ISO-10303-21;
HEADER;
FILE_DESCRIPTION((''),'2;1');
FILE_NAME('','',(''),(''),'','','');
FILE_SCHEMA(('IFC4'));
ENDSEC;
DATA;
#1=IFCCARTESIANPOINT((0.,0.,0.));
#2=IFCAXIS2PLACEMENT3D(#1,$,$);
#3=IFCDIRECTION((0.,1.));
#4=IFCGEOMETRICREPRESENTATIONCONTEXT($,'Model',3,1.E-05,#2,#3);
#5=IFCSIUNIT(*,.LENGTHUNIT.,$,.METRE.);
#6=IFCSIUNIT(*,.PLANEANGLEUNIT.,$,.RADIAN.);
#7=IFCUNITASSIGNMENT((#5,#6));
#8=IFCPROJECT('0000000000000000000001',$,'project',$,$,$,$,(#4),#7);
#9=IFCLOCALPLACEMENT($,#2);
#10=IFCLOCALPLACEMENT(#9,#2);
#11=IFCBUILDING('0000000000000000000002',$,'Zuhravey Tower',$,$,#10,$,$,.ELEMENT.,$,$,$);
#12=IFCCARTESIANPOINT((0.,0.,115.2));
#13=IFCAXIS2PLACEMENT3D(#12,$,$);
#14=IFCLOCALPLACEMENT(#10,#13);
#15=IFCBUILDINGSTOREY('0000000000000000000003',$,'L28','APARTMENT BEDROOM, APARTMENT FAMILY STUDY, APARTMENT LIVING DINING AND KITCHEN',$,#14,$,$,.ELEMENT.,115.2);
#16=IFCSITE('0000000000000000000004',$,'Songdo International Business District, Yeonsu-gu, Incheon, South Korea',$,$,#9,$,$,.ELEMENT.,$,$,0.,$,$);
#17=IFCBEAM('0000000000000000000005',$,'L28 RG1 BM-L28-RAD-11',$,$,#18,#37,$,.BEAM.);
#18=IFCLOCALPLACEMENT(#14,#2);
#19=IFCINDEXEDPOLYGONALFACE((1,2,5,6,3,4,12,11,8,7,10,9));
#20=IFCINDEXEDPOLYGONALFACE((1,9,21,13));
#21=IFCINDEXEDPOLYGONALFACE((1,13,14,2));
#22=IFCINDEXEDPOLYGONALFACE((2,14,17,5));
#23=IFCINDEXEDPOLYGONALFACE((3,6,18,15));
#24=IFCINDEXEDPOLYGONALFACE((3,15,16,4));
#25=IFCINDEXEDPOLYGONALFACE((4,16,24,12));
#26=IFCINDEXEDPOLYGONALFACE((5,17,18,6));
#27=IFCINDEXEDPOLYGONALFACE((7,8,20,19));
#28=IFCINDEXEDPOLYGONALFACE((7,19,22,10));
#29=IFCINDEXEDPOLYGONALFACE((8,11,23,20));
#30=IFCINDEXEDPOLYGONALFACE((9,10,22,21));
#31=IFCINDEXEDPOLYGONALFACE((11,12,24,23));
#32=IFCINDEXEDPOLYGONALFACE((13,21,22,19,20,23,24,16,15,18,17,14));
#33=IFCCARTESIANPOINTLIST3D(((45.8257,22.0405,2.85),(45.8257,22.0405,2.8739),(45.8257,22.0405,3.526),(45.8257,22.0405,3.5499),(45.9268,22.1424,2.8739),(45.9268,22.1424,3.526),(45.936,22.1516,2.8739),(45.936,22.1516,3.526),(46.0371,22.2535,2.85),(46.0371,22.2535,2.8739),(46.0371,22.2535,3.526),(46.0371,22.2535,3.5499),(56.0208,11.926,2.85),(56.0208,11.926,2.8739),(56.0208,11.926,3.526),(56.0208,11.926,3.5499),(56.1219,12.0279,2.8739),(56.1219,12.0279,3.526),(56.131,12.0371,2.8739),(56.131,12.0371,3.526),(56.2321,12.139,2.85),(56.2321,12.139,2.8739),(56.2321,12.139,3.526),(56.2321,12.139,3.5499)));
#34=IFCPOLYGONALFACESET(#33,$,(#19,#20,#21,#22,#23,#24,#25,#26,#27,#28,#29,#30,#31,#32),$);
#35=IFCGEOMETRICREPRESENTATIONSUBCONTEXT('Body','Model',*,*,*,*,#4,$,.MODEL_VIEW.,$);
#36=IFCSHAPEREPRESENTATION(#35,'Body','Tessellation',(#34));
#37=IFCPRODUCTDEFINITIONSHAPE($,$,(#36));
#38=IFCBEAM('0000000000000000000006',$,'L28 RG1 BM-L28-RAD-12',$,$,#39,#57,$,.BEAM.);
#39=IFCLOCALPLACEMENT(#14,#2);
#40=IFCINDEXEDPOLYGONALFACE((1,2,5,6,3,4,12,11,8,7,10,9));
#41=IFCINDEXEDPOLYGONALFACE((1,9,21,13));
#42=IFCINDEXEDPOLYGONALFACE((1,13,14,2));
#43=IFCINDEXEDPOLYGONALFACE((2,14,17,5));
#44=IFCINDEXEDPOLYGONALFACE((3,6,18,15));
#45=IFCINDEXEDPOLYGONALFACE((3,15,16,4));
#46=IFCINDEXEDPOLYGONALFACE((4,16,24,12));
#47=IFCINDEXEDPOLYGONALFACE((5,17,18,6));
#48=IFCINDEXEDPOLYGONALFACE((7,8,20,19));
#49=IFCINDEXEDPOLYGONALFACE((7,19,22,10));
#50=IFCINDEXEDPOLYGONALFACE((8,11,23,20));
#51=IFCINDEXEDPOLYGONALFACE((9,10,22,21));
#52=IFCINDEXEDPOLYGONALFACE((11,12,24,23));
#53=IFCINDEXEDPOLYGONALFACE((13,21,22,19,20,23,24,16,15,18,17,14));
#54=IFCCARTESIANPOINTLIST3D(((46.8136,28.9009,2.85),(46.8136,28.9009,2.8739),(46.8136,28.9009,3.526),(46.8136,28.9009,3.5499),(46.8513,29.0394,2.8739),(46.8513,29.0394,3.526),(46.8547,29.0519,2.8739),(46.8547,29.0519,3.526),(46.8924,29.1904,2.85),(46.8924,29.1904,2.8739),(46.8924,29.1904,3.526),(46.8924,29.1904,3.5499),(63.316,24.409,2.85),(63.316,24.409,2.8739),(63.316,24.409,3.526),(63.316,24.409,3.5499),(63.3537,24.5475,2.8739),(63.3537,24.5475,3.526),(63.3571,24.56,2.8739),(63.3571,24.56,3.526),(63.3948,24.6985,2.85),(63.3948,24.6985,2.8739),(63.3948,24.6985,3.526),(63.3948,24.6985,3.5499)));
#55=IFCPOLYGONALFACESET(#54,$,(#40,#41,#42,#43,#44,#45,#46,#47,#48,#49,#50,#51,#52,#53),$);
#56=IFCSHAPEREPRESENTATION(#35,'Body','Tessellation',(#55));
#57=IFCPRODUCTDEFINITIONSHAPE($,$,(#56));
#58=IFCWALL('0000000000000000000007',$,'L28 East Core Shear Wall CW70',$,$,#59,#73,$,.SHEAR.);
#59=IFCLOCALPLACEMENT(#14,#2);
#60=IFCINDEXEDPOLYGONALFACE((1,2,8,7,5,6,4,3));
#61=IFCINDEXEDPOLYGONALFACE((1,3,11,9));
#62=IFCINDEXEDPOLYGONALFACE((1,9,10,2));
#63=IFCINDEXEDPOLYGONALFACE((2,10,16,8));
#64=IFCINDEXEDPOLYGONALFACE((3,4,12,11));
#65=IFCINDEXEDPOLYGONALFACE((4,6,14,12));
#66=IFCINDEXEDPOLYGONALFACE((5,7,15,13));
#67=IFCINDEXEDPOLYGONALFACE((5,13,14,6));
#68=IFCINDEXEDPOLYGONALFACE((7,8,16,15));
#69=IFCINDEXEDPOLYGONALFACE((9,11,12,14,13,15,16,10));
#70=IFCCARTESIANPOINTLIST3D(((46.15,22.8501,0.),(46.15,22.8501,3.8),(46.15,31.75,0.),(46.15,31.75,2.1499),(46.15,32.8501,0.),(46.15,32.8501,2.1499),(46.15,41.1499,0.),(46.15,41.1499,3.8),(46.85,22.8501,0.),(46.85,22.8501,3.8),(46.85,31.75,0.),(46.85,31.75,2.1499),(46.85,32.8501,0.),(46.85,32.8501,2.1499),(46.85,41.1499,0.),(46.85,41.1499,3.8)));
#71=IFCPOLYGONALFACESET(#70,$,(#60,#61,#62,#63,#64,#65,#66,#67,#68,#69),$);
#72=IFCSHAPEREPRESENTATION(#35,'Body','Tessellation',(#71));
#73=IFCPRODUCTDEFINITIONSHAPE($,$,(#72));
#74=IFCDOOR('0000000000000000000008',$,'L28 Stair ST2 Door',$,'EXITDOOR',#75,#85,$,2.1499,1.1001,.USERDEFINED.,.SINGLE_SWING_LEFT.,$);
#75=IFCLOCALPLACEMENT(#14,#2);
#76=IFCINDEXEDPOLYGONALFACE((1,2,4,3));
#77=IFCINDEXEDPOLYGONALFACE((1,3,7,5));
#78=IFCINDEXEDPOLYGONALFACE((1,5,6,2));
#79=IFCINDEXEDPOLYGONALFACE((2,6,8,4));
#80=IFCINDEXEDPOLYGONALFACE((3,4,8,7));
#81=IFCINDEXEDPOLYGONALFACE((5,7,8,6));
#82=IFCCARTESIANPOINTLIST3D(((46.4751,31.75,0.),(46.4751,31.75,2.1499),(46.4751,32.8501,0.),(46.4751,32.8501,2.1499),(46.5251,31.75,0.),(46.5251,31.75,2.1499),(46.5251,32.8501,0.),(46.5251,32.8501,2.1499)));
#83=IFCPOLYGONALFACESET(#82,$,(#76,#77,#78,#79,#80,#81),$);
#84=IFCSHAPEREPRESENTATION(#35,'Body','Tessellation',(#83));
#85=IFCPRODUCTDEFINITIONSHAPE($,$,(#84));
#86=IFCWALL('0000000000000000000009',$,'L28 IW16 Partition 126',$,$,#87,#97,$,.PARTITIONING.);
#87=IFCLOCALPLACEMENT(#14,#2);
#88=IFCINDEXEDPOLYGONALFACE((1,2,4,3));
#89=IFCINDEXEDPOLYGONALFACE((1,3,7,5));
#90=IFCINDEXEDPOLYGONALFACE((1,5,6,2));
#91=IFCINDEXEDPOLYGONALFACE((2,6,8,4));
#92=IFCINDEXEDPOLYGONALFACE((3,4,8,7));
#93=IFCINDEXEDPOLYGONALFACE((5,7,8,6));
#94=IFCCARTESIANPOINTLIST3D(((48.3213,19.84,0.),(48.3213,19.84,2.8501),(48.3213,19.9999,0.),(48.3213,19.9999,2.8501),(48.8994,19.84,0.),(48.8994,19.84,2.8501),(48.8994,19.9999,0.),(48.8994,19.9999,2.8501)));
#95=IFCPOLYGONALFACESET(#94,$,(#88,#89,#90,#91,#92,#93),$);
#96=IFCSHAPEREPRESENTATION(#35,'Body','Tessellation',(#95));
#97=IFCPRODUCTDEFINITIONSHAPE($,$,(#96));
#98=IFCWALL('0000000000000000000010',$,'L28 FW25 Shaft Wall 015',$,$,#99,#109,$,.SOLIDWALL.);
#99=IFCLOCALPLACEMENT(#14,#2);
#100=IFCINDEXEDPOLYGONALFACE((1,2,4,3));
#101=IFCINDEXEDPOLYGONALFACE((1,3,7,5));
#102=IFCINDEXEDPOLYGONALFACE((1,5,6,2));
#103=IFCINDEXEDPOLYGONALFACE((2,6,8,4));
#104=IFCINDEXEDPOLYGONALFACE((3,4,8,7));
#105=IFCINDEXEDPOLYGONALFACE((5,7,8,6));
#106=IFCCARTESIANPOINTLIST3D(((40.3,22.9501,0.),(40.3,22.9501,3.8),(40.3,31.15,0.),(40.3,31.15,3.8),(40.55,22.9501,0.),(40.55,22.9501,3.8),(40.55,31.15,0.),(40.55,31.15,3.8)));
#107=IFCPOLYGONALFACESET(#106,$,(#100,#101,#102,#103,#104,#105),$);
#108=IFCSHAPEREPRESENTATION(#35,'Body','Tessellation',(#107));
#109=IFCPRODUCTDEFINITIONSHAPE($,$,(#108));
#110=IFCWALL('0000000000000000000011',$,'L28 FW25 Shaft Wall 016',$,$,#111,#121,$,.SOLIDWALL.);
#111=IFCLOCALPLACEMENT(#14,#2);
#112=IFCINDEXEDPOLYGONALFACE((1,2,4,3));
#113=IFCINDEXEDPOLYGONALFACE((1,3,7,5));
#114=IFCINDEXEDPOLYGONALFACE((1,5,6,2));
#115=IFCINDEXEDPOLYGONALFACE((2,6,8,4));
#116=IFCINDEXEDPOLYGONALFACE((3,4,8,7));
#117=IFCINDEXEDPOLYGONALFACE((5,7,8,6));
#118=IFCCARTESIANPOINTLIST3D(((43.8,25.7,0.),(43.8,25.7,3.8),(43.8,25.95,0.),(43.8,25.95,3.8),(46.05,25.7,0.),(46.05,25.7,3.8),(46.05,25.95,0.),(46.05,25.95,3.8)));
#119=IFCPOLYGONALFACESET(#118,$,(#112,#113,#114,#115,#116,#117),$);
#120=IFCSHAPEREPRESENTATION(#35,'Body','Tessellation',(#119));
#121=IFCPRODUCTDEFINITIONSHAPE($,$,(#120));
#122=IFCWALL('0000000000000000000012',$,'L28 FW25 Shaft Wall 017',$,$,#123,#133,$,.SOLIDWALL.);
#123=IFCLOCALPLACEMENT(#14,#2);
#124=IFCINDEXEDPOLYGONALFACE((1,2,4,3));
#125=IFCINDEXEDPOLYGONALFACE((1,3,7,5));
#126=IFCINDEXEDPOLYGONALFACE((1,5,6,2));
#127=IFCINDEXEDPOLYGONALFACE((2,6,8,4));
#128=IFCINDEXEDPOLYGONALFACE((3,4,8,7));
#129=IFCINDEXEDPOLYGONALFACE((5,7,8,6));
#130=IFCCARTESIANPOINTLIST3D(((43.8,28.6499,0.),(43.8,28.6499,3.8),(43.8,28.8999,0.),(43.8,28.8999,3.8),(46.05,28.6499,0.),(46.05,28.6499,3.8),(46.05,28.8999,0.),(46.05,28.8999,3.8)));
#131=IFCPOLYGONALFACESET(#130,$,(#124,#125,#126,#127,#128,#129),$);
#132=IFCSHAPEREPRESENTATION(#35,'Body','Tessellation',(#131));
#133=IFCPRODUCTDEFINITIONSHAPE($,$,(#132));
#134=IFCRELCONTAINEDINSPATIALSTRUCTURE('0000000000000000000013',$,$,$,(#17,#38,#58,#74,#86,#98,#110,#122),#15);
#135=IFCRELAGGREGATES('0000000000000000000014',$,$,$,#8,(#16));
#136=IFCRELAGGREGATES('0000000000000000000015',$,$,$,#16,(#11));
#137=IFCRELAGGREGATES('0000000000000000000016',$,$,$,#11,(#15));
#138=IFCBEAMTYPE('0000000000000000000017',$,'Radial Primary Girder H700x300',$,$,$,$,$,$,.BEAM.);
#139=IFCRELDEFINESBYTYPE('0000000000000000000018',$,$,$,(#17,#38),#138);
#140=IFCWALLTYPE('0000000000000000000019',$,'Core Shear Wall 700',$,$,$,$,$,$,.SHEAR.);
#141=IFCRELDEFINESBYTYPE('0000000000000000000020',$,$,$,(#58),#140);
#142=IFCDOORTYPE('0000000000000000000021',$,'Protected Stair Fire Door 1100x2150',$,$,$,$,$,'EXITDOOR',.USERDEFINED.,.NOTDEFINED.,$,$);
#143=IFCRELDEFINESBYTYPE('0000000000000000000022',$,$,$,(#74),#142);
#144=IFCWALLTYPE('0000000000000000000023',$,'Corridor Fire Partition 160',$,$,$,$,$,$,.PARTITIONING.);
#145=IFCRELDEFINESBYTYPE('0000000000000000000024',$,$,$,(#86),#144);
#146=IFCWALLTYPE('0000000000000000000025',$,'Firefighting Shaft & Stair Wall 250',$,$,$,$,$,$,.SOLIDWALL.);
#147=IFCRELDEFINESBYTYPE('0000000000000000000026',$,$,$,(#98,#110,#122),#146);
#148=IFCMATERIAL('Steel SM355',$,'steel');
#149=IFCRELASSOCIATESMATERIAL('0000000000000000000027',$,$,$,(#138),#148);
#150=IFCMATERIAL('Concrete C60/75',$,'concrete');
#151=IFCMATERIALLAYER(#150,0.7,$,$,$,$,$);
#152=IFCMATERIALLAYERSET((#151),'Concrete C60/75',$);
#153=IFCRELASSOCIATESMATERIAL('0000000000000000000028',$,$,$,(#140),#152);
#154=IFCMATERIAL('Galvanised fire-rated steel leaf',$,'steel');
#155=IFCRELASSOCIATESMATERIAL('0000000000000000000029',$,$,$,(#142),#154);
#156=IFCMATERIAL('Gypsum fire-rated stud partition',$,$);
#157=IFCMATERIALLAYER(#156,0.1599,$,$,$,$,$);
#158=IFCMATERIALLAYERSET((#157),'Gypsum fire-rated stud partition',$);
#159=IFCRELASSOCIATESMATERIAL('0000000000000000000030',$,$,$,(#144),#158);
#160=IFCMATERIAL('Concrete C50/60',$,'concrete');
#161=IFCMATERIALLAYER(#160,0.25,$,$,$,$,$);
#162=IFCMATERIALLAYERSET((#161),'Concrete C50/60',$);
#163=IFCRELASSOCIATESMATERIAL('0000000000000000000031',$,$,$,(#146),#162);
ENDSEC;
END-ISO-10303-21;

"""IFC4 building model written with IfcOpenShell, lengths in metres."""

from ifc_helpers import new_model, si_unit, direction, frame, frame_2d, origin, origin_2d, place, context, subcontext, project, spatial, rectangle, i_section, extrude, material, layer, layer_set, material_profile, profile_set, type_object, element, fill, save


model = new_model("IFC4")

# Units and contexts
model_context = context("Model", 3, precision=1e-05, world=origin(), true_north=direction((0.0, 1.0)))
body_context = subcontext(model_context, "Body", "Model", "MODEL_VIEW")
ifc_project = project(units=[si_unit("LENGTHUNIT", "METRE"), si_unit("PLANEANGLEUNIT", "RADIAN")], contexts=[model_context])

# Site, building, storey
site_placement = place(None, origin())
site = spatial("IfcSite", under=ifc_project, at=site_placement, Name="Songdo International Business District, Yeonsu-gu, Incheon, South Korea", CompositionType="ELEMENT", RefElevation=0.0)
building_placement = place(site_placement, origin())
building = spatial("IfcBuilding", under=site, at=building_placement, Name="Zuhravey Tower", CompositionType="ELEMENT")
storey_placement = place(building_placement, frame((0.0, 0.0, 115.2)))
storey = spatial("IfcBuildingStorey", under=building, at=storey_placement, Name="L28", Description="APARTMENT BEDROOM, APARTMENT FAMILY STUDY, APARTMENT LIVING DINING AND KITCHEN", CompositionType="ELEMENT", Elevation=115.2)

# Beams
ifc_material_1 = material(Name="Steel SM355", Category="steel")
ifc_material_profile = material_profile(ifc_material_1, i_section(OverallWidth=0.3, OverallDepth=0.7, WebThickness=0.0129, FlangeThickness=0.0239, at=origin_2d()), Name="H-700x300x13x24")
ifc_profile_set = profile_set([ifc_material_profile], Name="Steel SM355")
beam_type = type_object("IfcBeamType", Name="Radial Primary Girder H700x300", PredefinedType="BEAM", material=ifc_profile_set)
beam_1_placement = place(storey_placement, frame((45.9314, 22.147, 3.2), z_axis=(0.709906, -0.704296, 0.0), x_axis=(0.704296, 0.709906, 0.0)))
element("IfcBeam", 1, at=beam_1_placement, inside=storey, type_object=beam_type, Name="L28 RG1 BM-L28-RAD-11", PredefinedType="BEAM", context=body_context, shape_type="SweptSolid", body=[
    extrude(i_section(OverallWidth=0.3, OverallDepth=0.7, WebThickness=0.0129, FlangeThickness=0.0239, at=origin_2d()), origin(), (0.0, 0.0, 1.0), 14.3611),
])
beam_2_placement = place(storey_placement, frame((46.853, 29.0457, 3.2), z_axis=(0.964893, -0.262643, 0.0), x_axis=(0.262643, 0.964893, 0.0)))
element("IfcBeam", 2, at=beam_2_placement, inside=storey, type_object=beam_type, Name="L28 RG1 BM-L28-RAD-12", PredefinedType="BEAM", context=body_context, shape_type="SweptSolid", body=[
    extrude(i_section(OverallWidth=0.3, OverallDepth=0.7, WebThickness=0.0129, FlangeThickness=0.0239, at=origin_2d()), origin(), (0.0, 0.0, 1.0), 17.1028),
])

# Wall, opening, door
ifc_material_2 = material(Name="Concrete C60/75", Category="concrete")
ifc_layer_1 = layer(ifc_material_2, 0.7)
ifc_layer_set_1 = layer_set([ifc_layer_1], Name="Concrete C60/75")
wall_type_1 = type_object("IfcWallType", Name="Core Shear Wall 700", PredefinedType="SHEAR", material=ifc_layer_set_1)
wall_1_placement = place(storey_placement, frame((46.5, 22.8501, 0.0), z_axis=(0.0, 0.0, 1.0), x_axis=(0.0, 1.0, 0.0)))
wall_1 = element("IfcWall", 3, at=wall_1_placement, inside=storey, type_object=wall_type_1, Name="L28 East Core Shear Wall CW70", PredefinedType="SHEAR", context=body_context, shape_type="SweptSolid", body=[
    extrude(rectangle(XDim=18.2998, YDim=0.7, at=frame_2d((9.1499, 0.0))), origin(), (0.0, 0.0, 1.0), 3.8),
])
opening_1_placement = place(wall_1_placement, frame((8.8999, 0.0, 0.0)))
opening_1 = element("IfcOpeningElement", 4, at=opening_1_placement, cuts=wall_1, PredefinedType="OPENING", context=body_context, shape_type="SweptSolid", body=[
    extrude(rectangle(XDim=1.1001, YDim=2.1499, at=frame_2d((0.55, 1.075))), frame((0.0, 0.3621, 0.0), z_axis=(0.0, -1.0, 0.0), x_axis=(1.0, 0.0, 0.0)), (0.0, 0.0, 1.0), 0.7239),
])
ifc_material_3 = material(Name="Galvanised fire-rated steel leaf", Category="steel")
door_type_1 = type_object("IfcDoorType", Name="Protected Stair Fire Door 1100x2150", ElementType="EXITDOOR", OperationType="NOTDEFINED", PredefinedType="USERDEFINED", material=ifc_material_3)
door_1_placement = place(opening_1_placement, origin())
door_1 = element("IfcDoor", 5, at=door_1_placement, inside=storey, type_object=door_type_1, Name="L28 Stair ST2 Door", ObjectType="EXITDOOR", OperationType="SINGLE_SWING_LEFT", OverallHeight=2.1499, OverallWidth=1.1001, PredefinedType="USERDEFINED", context=body_context, shape_type="SweptSolid", body=[
    extrude(rectangle(XDim=1.1001, YDim=2.1499, at=frame_2d((0.55, 1.075))), frame((0.0, 0.0249, 0.0), z_axis=(0.0, -1.0, 0.0), x_axis=(1.0, 0.0, 0.0)), (0.0, 0.0, 1.0), 0.05),
])
fill(opening_1, door_1)
ifc_material_4 = material(Name="Gypsum fire-rated stud partition")
ifc_layer_2 = layer(ifc_material_4, 0.1599)
ifc_layer_set_2 = layer_set([ifc_layer_2], Name="Gypsum fire-rated stud partition")
wall_type_2 = type_object("IfcWallType", Name="Corridor Fire Partition 160", PredefinedType="PARTITIONING", material=ifc_layer_set_2)

# Walls
wall_2_placement = place(storey_placement, frame((48.3213, 19.9199, 0.0), z_axis=(0.0, 0.0, 1.0), x_axis=(1.0, 0.0, 0.0)))
element("IfcWall", 6, at=wall_2_placement, inside=storey, type_object=wall_type_2, Name="L28 IW16 Partition 126", PredefinedType="PARTITIONING", context=body_context, shape_type="SweptSolid", body=[
    extrude(rectangle(XDim=0.5781, YDim=0.1599, at=frame_2d((0.2891, 0.0))), origin(), (0.0, 0.0, 1.0), 2.8501),
])
ifc_material_5 = material(Name="Concrete C50/60", Category="concrete")
ifc_layer_3 = layer(ifc_material_5, 0.25)
ifc_layer_set_3 = layer_set([ifc_layer_3], Name="Concrete C50/60")
wall_type_3 = type_object("IfcWallType", Name="Firefighting Shaft & Stair Wall 250", PredefinedType="SOLIDWALL", material=ifc_layer_set_3)
wall_3_placement = place(storey_placement, frame((40.425, 22.95, 0.0), z_axis=(0.0, 0.0, 1.0), x_axis=(0.0, 1.0, 0.0)))
element("IfcWall", 7, at=wall_3_placement, inside=storey, type_object=wall_type_3, Name="L28 FW25 Shaft Wall 015", PredefinedType="SOLIDWALL", context=body_context, shape_type="SweptSolid", body=[
    extrude(rectangle(XDim=8.2, YDim=0.25, at=frame_2d((4.1001, 0.0))), origin(), (0.0, 0.0, 1.0), 3.8),
])
for number, where, z_axis, x_axis, name in (
    (8, (43.8, 25.825, 0.0), (0.0, 0.0, 1.0), (1.0, 0.0, 0.0), "L28 FW25 Shaft Wall 016"),
    (9, (43.8, 28.7749, 0.0), (0.0, 0.0, 1.0), (1.0, 0.0, 0.0), "L28 FW25 Shaft Wall 017"),
):
    element("IfcWall", number, at=place(storey_placement, frame(where, z_axis=z_axis, x_axis=x_axis)), inside=storey, type_object=wall_type_3, Name=name, PredefinedType="SOLIDWALL", context=body_context, shape_type="SweptSolid", body=[
        extrude(rectangle(XDim=2.25, YDim=0.25, at=frame_2d((1.125, 0.0))), origin(), (0.0, 0.0, 1.0), 3.8),
    ])

save(model, "model.ifc")
